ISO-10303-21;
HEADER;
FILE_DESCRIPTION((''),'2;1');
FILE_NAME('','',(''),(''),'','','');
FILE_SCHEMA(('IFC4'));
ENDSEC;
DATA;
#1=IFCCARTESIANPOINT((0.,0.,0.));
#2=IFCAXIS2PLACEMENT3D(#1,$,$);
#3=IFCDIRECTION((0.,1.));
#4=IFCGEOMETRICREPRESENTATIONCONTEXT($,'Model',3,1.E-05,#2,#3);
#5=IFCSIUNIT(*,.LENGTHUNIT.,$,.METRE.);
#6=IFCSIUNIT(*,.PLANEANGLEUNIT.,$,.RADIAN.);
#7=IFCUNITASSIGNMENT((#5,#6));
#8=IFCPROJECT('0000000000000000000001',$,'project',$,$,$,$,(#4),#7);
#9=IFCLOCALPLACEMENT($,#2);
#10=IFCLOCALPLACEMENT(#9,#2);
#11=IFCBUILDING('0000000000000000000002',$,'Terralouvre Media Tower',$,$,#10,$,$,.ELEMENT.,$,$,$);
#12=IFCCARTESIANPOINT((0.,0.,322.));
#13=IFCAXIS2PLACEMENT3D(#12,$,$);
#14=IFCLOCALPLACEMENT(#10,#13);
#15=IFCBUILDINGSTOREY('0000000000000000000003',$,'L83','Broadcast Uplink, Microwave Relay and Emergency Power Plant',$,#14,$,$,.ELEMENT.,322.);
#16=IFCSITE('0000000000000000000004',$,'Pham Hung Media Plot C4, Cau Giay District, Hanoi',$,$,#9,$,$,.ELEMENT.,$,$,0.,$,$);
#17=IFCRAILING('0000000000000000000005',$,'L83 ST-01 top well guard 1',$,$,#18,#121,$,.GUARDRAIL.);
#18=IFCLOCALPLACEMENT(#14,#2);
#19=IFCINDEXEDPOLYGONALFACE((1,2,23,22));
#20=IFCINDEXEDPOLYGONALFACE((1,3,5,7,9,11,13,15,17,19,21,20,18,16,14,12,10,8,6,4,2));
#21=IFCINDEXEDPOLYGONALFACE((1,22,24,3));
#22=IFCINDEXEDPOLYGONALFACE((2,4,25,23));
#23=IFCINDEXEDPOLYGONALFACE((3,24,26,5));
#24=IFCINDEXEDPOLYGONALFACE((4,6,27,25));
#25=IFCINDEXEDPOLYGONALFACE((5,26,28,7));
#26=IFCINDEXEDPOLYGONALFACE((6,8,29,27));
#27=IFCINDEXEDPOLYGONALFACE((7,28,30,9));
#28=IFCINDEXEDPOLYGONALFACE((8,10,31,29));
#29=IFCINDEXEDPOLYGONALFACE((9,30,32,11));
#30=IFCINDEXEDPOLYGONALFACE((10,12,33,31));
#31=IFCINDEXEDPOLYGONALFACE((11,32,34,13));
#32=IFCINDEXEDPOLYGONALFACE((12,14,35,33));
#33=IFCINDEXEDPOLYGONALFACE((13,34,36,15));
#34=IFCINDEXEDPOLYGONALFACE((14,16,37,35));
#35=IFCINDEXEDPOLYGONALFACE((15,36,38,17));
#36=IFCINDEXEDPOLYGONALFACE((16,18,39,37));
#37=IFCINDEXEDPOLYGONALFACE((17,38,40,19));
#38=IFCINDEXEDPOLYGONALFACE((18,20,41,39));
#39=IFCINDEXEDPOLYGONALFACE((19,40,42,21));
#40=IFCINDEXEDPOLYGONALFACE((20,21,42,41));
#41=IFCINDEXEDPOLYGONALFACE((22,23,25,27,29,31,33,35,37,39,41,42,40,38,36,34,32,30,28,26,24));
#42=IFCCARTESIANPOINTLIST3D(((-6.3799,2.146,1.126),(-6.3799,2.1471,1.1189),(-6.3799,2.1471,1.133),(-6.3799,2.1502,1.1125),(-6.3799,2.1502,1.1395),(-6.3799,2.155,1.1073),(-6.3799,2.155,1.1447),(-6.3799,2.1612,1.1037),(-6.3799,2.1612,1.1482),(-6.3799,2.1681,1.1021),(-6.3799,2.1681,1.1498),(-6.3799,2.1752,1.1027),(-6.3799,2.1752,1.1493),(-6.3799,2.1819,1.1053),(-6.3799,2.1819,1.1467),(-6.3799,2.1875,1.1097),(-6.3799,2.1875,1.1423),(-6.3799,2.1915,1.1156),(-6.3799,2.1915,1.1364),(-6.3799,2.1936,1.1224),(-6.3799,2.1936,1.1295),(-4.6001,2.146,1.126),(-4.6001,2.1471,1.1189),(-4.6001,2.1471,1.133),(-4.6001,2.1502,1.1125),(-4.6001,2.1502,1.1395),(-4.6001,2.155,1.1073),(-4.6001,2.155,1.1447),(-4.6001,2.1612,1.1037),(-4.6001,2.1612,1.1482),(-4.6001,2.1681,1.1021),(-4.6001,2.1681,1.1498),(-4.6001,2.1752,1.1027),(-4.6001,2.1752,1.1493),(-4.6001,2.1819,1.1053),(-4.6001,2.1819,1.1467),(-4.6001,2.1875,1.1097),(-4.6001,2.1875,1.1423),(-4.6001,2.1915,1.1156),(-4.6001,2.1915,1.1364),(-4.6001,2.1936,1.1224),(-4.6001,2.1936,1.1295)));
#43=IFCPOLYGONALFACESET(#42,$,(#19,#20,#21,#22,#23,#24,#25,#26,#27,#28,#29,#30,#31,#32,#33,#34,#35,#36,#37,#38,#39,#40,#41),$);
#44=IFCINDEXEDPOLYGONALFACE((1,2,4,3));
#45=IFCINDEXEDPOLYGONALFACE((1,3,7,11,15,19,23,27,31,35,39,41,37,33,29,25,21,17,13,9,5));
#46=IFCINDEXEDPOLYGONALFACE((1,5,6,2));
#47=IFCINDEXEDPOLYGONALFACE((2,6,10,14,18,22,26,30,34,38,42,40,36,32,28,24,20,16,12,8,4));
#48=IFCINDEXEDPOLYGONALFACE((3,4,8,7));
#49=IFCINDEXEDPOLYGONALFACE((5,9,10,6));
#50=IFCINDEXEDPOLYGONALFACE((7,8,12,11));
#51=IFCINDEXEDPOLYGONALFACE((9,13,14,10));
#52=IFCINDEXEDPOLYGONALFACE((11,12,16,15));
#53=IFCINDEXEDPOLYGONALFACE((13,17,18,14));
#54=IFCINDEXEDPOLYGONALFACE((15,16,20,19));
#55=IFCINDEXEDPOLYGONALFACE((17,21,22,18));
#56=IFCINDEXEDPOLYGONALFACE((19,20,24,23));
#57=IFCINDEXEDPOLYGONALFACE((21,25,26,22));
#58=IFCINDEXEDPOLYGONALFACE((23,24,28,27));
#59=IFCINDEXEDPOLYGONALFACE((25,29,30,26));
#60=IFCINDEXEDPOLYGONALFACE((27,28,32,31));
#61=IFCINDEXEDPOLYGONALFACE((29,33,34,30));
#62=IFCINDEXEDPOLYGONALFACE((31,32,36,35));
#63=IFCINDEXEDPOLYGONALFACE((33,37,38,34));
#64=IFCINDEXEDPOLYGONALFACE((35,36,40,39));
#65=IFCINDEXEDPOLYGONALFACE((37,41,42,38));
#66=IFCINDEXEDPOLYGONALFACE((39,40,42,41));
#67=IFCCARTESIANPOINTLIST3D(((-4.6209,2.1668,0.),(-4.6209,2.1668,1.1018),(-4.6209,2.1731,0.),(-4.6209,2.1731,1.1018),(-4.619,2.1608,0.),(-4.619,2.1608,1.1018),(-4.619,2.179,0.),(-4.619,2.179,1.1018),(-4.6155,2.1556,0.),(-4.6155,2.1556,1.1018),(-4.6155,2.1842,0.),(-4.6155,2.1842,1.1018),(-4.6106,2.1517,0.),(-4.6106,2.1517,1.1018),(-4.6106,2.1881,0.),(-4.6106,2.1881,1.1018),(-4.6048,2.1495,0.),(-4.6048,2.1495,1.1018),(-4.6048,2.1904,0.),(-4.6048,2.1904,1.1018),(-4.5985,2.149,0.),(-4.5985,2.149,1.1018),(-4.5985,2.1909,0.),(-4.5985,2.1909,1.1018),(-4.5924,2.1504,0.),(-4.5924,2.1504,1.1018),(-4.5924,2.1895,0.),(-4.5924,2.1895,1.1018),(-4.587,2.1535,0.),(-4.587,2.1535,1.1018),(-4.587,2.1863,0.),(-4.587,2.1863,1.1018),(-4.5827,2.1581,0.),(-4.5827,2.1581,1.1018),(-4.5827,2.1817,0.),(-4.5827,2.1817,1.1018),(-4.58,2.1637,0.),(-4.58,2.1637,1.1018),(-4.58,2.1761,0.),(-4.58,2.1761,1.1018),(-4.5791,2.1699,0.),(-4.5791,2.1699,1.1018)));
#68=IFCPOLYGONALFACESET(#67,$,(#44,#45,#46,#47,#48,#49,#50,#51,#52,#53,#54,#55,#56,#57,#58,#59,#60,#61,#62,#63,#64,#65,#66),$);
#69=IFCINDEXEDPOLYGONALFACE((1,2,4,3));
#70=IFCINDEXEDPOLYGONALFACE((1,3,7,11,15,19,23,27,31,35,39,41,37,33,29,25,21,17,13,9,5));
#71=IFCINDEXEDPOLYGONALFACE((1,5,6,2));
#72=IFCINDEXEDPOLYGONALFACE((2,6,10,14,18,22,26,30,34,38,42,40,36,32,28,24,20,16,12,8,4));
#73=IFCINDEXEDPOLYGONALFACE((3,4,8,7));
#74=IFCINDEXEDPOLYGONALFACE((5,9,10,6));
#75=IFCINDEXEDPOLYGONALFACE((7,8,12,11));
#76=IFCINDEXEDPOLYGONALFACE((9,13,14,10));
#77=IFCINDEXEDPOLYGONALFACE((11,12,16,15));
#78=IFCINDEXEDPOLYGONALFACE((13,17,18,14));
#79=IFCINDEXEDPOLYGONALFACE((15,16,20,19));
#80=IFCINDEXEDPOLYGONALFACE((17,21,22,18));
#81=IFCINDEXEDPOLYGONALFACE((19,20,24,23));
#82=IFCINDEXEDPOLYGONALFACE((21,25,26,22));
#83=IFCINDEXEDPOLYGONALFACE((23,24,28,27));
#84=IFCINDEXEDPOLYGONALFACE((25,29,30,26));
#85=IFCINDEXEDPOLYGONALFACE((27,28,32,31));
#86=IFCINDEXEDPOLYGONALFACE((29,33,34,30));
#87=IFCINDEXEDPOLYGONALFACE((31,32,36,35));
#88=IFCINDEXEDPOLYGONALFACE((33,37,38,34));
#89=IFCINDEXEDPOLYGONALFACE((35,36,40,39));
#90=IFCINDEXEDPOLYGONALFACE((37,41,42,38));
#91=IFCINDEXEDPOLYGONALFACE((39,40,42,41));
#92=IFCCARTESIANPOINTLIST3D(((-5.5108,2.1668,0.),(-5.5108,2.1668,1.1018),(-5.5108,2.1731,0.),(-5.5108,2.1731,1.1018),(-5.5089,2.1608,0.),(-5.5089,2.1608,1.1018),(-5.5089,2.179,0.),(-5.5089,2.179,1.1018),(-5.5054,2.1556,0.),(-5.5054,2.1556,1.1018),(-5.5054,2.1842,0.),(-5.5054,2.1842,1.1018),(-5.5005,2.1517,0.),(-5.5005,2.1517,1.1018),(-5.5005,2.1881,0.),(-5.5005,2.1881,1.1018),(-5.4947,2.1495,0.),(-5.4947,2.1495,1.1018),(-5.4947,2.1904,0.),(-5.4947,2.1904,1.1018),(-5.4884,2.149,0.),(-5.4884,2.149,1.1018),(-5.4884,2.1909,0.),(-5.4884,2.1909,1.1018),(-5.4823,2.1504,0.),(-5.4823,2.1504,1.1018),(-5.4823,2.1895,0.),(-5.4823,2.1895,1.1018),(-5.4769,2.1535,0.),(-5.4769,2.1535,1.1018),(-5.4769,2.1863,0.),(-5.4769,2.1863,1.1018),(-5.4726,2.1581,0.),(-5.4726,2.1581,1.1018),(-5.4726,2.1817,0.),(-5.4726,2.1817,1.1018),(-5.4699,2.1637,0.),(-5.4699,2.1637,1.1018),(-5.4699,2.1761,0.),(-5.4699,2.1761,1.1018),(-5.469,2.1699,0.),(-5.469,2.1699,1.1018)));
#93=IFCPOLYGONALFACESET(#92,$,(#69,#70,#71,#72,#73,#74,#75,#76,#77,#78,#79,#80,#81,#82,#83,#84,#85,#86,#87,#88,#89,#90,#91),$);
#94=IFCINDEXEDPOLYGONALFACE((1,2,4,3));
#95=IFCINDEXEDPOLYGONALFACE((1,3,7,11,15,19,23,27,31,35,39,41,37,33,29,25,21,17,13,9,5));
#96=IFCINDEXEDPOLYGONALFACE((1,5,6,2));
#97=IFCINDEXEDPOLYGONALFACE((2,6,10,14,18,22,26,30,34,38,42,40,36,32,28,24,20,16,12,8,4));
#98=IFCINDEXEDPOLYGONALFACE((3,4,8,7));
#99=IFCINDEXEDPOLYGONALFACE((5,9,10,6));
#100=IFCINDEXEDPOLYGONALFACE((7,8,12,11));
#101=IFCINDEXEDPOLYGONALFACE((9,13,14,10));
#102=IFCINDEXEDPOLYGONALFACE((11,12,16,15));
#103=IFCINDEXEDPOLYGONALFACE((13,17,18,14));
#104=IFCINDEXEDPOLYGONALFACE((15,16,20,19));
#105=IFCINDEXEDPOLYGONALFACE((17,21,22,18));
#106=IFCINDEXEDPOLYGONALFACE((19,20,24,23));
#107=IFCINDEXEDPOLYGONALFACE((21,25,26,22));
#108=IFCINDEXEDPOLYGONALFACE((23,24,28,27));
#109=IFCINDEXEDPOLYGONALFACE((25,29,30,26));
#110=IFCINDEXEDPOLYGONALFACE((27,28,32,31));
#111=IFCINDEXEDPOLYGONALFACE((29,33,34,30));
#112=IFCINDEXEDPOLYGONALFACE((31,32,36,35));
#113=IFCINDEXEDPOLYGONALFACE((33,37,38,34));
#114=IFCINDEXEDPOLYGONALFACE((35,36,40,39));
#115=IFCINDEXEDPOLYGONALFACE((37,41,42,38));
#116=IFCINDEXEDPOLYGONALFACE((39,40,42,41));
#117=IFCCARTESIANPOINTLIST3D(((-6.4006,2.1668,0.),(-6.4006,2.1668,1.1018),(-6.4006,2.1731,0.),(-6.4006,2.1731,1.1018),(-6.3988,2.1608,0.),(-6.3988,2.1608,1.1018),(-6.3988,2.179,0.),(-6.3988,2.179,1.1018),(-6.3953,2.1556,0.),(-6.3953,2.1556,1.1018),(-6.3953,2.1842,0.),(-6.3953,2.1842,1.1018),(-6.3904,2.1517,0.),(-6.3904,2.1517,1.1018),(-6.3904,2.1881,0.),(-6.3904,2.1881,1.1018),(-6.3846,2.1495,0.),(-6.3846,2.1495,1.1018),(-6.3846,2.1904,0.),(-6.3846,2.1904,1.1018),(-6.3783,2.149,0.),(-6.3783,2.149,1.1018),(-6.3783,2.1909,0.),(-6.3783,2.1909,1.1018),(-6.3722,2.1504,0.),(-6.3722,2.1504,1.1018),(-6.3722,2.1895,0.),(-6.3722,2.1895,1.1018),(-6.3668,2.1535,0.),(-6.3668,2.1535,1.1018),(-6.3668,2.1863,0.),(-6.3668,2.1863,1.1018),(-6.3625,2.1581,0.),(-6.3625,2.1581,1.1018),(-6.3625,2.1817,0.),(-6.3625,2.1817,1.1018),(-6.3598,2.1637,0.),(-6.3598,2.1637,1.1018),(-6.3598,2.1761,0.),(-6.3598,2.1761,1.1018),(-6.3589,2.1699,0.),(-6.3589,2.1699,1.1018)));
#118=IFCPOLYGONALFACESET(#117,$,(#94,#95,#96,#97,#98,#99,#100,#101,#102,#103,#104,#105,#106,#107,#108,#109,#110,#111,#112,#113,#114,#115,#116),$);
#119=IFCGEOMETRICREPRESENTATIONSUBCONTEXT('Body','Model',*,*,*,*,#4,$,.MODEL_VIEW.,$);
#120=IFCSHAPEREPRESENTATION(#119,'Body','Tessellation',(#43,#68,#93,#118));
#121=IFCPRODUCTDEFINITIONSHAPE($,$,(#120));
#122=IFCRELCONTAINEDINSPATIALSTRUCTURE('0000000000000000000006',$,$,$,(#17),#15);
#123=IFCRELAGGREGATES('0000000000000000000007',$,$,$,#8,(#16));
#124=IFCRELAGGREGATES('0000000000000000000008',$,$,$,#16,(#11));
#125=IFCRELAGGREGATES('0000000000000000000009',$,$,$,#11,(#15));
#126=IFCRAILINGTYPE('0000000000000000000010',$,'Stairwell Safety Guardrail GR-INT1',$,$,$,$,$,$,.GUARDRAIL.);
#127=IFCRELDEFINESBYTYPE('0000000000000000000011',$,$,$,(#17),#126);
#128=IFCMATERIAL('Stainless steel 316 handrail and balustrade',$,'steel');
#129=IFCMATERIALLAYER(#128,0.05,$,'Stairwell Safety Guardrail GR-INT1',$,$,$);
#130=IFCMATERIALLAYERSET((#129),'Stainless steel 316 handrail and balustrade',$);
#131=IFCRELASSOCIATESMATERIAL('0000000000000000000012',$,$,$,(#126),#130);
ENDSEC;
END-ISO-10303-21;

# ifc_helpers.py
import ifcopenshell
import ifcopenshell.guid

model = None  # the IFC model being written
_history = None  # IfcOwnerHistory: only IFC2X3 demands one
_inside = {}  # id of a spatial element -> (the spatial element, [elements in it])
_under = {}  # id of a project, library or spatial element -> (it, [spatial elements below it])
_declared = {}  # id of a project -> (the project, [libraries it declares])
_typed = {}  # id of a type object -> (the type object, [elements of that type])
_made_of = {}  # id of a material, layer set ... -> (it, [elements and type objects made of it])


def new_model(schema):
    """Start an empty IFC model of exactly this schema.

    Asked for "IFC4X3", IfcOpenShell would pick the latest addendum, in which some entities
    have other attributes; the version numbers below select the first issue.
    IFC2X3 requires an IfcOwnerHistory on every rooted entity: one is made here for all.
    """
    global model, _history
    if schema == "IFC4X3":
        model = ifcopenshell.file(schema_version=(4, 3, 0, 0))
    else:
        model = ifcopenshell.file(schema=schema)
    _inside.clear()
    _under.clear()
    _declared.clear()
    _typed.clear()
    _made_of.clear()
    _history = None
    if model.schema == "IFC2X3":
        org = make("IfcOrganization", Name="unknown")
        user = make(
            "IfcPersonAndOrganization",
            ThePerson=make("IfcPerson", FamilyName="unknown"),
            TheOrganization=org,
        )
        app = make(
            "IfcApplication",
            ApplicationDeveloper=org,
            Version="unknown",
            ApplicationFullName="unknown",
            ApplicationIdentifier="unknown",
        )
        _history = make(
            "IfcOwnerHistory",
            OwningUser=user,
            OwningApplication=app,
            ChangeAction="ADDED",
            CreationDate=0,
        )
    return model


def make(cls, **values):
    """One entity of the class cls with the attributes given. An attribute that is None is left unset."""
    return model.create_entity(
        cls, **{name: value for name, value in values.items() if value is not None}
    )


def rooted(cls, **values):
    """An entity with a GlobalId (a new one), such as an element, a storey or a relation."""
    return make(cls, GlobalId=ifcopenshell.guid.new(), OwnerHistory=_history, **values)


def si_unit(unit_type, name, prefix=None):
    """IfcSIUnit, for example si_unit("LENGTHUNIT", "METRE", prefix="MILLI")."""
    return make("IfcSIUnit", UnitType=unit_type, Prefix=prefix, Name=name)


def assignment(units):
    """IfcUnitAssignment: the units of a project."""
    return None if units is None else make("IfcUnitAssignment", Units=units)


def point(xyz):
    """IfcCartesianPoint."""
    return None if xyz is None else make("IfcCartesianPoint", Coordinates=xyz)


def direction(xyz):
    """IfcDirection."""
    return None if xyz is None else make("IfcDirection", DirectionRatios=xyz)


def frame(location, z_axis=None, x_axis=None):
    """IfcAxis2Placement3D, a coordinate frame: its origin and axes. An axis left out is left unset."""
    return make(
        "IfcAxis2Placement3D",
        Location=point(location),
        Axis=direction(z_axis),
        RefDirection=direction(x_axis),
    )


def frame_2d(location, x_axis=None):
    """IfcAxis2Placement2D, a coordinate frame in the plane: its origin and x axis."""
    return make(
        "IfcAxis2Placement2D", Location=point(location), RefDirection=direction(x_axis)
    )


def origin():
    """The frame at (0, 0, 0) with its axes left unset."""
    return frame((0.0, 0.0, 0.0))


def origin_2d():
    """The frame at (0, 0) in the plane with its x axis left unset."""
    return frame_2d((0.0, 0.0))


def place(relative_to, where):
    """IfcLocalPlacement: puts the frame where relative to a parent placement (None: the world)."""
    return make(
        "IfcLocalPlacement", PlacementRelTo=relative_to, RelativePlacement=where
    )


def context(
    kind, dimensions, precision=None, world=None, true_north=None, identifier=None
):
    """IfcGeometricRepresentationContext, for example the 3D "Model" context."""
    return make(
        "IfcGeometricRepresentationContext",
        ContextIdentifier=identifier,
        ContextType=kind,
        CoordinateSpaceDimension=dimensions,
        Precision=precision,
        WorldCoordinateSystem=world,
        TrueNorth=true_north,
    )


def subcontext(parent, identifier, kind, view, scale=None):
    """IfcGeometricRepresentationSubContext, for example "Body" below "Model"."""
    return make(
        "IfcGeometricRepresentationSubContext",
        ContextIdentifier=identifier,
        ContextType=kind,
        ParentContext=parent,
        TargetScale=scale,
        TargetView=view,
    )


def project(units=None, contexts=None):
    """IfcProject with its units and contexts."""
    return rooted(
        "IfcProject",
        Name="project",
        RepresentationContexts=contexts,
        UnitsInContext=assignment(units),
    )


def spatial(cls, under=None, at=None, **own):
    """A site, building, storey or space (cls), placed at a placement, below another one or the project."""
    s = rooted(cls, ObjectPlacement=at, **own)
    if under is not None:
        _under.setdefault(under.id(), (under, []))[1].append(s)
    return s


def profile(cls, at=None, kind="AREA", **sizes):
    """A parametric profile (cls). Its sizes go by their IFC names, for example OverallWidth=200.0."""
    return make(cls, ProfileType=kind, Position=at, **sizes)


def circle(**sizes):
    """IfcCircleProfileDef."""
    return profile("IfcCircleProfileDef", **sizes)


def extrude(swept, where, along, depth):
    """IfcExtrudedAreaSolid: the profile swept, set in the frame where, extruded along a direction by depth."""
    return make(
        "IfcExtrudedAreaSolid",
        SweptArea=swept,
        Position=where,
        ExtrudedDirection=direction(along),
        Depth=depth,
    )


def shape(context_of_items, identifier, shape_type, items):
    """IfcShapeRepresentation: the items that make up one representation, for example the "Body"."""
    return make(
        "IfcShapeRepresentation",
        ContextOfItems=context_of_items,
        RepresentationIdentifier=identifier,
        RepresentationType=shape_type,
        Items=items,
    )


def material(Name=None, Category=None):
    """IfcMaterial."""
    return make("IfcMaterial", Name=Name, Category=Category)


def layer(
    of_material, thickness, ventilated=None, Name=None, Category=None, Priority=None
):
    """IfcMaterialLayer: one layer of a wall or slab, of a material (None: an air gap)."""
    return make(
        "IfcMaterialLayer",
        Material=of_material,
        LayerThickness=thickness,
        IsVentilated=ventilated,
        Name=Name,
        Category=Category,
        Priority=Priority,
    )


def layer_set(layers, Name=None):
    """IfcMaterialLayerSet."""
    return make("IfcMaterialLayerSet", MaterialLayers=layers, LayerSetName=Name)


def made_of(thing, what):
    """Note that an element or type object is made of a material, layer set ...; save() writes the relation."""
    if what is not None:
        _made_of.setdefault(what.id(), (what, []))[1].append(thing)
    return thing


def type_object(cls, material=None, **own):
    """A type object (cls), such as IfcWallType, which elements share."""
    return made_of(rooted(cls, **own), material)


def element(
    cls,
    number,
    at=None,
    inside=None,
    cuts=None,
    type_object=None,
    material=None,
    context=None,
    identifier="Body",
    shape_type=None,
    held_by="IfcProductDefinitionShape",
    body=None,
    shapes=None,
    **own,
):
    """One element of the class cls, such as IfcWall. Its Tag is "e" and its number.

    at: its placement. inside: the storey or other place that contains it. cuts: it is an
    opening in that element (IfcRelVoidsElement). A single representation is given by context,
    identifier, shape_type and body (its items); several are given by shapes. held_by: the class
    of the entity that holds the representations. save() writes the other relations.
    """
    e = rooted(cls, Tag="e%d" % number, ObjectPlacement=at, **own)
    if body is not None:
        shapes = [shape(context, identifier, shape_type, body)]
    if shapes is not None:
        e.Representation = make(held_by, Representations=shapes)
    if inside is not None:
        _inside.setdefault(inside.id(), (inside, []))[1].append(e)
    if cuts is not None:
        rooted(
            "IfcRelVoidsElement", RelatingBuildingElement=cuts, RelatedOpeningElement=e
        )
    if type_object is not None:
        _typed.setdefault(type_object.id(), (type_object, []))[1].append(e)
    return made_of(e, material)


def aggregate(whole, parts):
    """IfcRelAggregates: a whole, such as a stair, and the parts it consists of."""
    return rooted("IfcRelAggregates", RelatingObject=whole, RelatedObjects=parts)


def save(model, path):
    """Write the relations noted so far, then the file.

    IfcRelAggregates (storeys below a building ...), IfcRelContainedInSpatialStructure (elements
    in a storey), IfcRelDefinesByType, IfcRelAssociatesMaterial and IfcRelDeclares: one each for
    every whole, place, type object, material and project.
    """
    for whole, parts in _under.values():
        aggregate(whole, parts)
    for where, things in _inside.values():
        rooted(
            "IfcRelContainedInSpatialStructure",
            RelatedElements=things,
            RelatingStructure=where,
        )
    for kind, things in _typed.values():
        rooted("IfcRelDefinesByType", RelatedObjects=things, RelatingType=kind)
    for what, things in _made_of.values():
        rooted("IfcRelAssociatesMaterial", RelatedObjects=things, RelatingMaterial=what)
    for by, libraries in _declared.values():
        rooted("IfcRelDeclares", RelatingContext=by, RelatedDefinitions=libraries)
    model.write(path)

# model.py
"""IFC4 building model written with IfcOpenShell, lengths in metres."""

from ifc_helpers import new_model, si_unit, direction, frame, origin, origin_2d, place, context, subcontext, project, spatial, circle, extrude, material, layer, layer_set, type_object, element, save


model = new_model("IFC4")

# Units and contexts
model_context = context("Model", 3, precision=1e-05, world=origin(), true_north=direction((0.0, 1.0)))
body_context = subcontext(model_context, "Body", "Model", "MODEL_VIEW")
ifc_project = project(units=[si_unit("LENGTHUNIT", "METRE"), si_unit("PLANEANGLEUNIT", "RADIAN")], contexts=[model_context])

# Site, building, storey
site_placement = place(None, origin())
site = spatial("IfcSite", under=ifc_project, at=site_placement, Name="Pham Hung Media Plot C4, Cau Giay District, Hanoi", CompositionType="ELEMENT", RefElevation=0.0)
building_placement = place(site_placement, origin())
building = spatial("IfcBuilding", under=site, at=building_placement, Name="Terralouvre Media Tower", CompositionType="ELEMENT")
storey_placement = place(building_placement, frame((0.0, 0.0, 322.0)))
storey = spatial("IfcBuildingStorey", under=building, at=storey_placement, Name="L83", Description="Broadcast Uplink, Microwave Relay and Emergency Power Plant", CompositionType="ELEMENT", Elevation=322.0)

# Railing
ifc_material_1 = material(Name="Stainless steel 316 handrail and balustrade", Category="steel")
ifc_layer_1 = layer(ifc_material_1, 0.05, Name="Stairwell Safety Guardrail GR-INT1")
ifc_layer_set_1 = layer_set([ifc_layer_1], Name="Stainless steel 316 handrail and balustrade")
railing_type_1 = type_object("IfcRailingType", Name="Stairwell Safety Guardrail GR-INT1", PredefinedType="GUARDRAIL", material=ifc_layer_set_1)
railing_1_placement = place(storey_placement, frame((-4.6001, 2.1699, 0.0)))
element("IfcRailing", 1, at=railing_1_placement, inside=storey, type_object=railing_type_1, Name="L83 ST-01 top well guard 1", PredefinedType="GUARDRAIL", context=body_context, shape_type="SweptSolid", body=[
    extrude(circle(Radius=0.0239, at=origin_2d()), frame((0.0, 0.0, 1.126), z_axis=(-1.0, 0.0, 0.0), x_axis=(0.0, -1.0, 0.0)), (0.0, 0.0, 1.0), 1.7798),
    extrude(circle(Radius=0.021, at=origin_2d()), origin(), (0.0, 0.0, 1.0), 1.1018),
    extrude(circle(Radius=0.021, at=origin_2d()), frame((-0.8899, 0.0, 0.0)), (0.0, 0.0, 1.0), 1.1018),
    extrude(circle(Radius=0.021, at=origin_2d()), frame((-1.7798, 0.0, 0.0)), (0.0, 0.0, 1.0), 1.1018),
])

save(model, "model.ifc")
